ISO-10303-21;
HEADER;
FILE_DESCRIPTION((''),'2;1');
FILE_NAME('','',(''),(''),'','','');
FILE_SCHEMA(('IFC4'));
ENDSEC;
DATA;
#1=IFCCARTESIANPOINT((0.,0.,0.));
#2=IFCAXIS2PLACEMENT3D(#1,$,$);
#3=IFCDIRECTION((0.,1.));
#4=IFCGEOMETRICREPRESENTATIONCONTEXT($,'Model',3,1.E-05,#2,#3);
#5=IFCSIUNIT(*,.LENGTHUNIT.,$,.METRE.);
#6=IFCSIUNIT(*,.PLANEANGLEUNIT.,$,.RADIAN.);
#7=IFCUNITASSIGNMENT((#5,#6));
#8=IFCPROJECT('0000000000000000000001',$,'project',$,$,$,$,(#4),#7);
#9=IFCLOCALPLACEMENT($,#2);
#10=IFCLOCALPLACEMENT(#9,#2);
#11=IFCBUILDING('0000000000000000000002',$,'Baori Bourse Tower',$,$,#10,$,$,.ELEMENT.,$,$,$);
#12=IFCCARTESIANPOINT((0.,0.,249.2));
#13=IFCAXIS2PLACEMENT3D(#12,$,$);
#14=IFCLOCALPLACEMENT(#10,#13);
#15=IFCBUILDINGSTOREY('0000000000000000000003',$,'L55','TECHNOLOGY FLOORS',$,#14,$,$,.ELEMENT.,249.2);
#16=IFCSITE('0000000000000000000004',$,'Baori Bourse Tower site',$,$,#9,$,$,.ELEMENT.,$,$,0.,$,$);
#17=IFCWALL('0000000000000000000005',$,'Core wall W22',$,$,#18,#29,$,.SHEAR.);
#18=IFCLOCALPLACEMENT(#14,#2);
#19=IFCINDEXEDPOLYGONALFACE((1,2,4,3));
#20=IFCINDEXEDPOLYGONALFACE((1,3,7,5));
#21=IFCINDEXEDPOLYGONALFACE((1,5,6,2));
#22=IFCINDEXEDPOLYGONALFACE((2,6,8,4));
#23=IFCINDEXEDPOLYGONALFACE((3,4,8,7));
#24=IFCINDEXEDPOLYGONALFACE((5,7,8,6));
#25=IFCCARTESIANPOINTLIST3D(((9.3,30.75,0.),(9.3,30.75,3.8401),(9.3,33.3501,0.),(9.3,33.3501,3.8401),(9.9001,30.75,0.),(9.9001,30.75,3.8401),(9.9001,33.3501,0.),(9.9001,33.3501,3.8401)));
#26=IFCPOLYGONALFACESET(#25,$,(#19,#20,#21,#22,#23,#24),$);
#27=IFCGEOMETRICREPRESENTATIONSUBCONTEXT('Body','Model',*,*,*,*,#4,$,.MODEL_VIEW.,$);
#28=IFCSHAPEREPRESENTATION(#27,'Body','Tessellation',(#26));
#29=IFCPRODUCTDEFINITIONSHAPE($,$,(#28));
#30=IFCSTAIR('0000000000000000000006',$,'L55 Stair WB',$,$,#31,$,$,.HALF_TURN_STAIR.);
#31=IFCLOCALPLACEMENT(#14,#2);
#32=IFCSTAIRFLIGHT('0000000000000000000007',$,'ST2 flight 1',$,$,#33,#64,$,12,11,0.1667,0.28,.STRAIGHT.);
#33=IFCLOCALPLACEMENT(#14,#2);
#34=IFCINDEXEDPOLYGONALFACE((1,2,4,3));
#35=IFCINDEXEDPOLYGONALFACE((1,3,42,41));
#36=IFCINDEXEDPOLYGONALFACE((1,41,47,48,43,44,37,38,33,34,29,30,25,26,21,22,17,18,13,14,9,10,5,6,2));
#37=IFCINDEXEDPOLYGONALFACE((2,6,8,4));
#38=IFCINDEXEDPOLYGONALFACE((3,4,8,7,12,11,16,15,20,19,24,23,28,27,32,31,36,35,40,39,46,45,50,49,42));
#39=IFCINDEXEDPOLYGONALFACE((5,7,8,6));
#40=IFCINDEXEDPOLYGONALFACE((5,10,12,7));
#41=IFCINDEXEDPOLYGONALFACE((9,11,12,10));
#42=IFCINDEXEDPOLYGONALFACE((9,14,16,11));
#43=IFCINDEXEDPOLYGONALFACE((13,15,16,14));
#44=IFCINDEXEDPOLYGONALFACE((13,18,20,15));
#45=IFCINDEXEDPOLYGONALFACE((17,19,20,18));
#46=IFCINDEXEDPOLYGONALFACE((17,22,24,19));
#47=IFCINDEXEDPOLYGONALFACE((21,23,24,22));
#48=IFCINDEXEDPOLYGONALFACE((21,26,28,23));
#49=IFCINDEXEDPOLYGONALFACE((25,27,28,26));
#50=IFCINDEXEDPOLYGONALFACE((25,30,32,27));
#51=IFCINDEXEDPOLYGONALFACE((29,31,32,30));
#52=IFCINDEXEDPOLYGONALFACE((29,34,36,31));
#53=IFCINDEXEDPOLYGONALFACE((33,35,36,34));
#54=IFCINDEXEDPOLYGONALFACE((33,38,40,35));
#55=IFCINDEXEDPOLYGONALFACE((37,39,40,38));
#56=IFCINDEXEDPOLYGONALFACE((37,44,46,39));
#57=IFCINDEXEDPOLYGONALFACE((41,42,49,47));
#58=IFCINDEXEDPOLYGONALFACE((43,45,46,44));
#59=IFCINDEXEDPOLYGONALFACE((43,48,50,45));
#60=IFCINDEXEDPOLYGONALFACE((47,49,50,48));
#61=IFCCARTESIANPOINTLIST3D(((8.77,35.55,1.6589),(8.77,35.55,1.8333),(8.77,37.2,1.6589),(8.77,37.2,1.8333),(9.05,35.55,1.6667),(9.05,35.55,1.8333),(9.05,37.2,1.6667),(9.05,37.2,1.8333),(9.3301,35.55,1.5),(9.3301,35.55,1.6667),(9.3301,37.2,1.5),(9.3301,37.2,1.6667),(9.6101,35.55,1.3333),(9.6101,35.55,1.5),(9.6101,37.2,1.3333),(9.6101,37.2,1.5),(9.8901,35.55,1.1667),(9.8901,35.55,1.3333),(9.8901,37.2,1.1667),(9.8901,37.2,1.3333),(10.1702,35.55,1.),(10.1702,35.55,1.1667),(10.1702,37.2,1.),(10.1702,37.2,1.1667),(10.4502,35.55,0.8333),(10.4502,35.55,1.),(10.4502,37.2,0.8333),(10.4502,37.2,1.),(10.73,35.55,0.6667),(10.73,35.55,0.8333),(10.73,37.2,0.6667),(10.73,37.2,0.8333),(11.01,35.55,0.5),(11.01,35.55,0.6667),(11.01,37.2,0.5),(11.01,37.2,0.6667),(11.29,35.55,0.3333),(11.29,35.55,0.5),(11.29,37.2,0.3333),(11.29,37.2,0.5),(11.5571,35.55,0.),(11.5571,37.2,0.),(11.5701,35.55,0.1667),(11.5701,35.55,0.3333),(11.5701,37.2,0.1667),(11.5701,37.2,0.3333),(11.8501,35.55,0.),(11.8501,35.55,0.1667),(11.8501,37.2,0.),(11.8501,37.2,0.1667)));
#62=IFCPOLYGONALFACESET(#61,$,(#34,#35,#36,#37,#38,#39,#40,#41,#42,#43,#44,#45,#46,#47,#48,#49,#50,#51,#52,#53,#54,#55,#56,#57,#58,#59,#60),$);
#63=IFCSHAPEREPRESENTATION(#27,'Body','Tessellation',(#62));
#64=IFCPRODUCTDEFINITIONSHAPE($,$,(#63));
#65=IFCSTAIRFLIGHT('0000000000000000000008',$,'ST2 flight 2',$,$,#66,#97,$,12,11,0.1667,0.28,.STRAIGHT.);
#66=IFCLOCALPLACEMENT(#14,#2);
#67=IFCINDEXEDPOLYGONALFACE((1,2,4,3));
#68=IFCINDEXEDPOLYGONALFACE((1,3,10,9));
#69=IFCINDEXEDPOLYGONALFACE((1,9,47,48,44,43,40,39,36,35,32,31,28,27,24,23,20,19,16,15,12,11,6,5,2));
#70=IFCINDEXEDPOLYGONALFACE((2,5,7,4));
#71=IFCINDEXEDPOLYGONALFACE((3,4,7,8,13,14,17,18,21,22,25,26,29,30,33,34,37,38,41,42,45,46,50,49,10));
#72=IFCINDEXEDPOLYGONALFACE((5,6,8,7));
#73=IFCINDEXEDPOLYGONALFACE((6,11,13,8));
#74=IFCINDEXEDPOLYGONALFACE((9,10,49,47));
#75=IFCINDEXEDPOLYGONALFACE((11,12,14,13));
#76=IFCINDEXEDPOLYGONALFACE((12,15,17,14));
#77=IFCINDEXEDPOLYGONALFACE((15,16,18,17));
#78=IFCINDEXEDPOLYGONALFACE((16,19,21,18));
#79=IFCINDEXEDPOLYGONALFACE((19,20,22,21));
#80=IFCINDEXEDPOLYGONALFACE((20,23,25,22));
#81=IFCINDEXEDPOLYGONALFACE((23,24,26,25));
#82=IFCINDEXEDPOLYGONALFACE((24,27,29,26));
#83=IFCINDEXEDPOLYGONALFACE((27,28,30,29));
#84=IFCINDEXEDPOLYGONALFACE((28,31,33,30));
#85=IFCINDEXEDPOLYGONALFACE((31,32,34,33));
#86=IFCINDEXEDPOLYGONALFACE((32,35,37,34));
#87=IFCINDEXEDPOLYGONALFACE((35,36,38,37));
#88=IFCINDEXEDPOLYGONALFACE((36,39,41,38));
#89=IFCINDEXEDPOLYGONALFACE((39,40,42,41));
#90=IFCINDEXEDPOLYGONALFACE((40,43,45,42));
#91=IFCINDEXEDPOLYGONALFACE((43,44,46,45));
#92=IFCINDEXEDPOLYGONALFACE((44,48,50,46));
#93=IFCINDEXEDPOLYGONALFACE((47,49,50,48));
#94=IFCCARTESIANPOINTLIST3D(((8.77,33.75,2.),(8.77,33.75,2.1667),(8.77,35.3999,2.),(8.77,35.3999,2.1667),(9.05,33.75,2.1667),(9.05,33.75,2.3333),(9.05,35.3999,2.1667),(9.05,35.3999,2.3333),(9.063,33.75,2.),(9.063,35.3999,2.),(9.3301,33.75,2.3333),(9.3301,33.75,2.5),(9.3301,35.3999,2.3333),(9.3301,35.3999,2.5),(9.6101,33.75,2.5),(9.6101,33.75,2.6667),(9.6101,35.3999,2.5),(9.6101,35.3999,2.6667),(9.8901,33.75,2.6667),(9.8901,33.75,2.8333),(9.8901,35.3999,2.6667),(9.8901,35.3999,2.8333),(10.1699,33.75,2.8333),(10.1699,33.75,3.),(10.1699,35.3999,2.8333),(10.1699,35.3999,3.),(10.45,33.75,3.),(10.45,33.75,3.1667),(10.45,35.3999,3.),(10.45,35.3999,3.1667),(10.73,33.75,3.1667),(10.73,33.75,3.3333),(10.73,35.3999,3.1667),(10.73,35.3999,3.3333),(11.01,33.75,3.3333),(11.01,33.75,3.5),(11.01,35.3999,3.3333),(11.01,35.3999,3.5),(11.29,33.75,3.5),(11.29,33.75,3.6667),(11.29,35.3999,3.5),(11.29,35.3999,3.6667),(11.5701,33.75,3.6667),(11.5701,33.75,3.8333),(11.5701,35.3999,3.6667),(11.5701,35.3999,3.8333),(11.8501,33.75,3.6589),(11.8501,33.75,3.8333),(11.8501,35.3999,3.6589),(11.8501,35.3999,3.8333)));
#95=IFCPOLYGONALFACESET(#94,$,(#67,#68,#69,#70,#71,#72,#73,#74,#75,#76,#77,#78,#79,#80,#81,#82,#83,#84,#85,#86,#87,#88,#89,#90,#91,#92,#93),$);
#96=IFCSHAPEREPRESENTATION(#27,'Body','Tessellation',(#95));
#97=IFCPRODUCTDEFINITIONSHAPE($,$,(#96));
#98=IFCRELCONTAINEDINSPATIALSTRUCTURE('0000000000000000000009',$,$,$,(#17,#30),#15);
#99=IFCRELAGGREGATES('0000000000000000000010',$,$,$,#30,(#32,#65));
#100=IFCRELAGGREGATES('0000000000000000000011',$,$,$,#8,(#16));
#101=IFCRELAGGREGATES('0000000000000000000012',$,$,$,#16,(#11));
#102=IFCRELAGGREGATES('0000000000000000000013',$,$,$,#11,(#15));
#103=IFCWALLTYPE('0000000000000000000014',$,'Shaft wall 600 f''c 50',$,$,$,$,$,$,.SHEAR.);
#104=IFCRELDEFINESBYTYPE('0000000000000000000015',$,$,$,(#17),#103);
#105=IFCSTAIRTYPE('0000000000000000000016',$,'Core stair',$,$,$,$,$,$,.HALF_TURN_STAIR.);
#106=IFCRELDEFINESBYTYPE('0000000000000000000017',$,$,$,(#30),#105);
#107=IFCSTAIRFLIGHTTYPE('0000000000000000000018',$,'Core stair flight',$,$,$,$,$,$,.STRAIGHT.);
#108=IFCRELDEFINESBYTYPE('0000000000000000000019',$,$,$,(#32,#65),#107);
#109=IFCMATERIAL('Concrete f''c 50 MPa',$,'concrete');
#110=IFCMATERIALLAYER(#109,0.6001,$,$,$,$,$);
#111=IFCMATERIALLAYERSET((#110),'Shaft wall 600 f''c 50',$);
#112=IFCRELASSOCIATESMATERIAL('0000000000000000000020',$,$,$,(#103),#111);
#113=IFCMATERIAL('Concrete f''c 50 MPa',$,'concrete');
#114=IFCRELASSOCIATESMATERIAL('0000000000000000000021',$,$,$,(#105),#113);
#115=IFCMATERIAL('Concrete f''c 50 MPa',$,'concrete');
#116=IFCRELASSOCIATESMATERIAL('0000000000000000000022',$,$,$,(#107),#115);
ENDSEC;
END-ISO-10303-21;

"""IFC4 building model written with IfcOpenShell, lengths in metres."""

from ifc_helpers import new_model, si_unit, direction, frame, frame_2d, origin, place, context, subcontext, project, spatial, polyline, rectangle, outline, extrude, material, layer, layer_set, type_object, element, aggregate, save


model = new_model("IFC4")

# Units and contexts
model_context = context("Model", 3, precision=1e-05, world=origin(), true_north=direction((0.0, 1.0)))
body_context = subcontext(model_context, "Body", "Model", "MODEL_VIEW")
ifc_project = project(units=[si_unit("LENGTHUNIT", "METRE"), si_unit("PLANEANGLEUNIT", "RADIAN")], contexts=[model_context])

# Site, building, storey
site_placement = place(None, origin())
site = spatial("IfcSite", under=ifc_project, at=site_placement, Name="Baori Bourse Tower site", CompositionType="ELEMENT", RefElevation=0.0)
building_placement = place(site_placement, origin())
building = spatial("IfcBuilding", under=site, at=building_placement, Name="Baori Bourse Tower", CompositionType="ELEMENT")
storey_placement = place(building_placement, frame((0.0, 0.0, 249.2)))
storey = spatial("IfcBuildingStorey", under=building, at=storey_placement, Name="L55", Description="TECHNOLOGY FLOORS", CompositionType="ELEMENT", Elevation=249.2)

# Wall
ifc_material_1 = material(Name="Concrete f'c 50 MPa", Category="concrete")
ifc_layer_1 = layer(ifc_material_1, 0.6001)
ifc_layer_set_1 = layer_set([ifc_layer_1], Name="Shaft wall 600 f'c 50")
wall_type_1 = type_object("IfcWallType", Name="Shaft wall 600 f'c 50", PredefinedType="SHEAR", material=ifc_layer_set_1)
wall_1_placement = place(storey_placement, frame((9.6001, 30.75, 0.0), z_axis=(0.0, 0.0, 1.0), x_axis=(0.0, 1.0, 0.0)))
element("IfcWall", 1, at=wall_1_placement, inside=storey, type_object=wall_type_1, Name="Core wall W22", PredefinedType="SHEAR", context=body_context, shape_type="SweptSolid", body=[
    extrude(rectangle(XDim=2.6001, YDim=0.6001, at=frame_2d((1.3, 0.0))), origin(), (0.0, 0.0, 1.0), 3.8401),
])

# Stair, stair flights
ifc_material_2 = material(Name="Concrete f'c 50 MPa", Category="concrete")
stair_type = type_object("IfcStairType", Name="Core stair", PredefinedType="HALF_TURN_STAIR", material=ifc_material_2)
stair_placement = place(storey_placement, origin())
stair = element("IfcStair", 2, at=stair_placement, inside=storey, type_object=stair_type, Name="L55 Stair WB", PredefinedType="HALF_TURN_STAIR")
ifc_material_3 = material(Name="Concrete f'c 50 MPa", Category="concrete")
stair_flight_type = type_object("IfcStairFlightType", Name="Core stair flight", PredefinedType="STRAIGHT", material=ifc_material_3)
stair_flight_1_placement = place(storey_placement, frame((11.8501, 36.375, 0.0), z_axis=(0.0, 0.0, 1.0), x_axis=(-1.0, 0.0, 0.0)))
stair_flight_1 = element("IfcStairFlight", 3, at=stair_flight_1_placement, type_object=stair_flight_type, Name="ST2 flight 1", NumberOfRisers=12, NumberOfTreads=11, PredefinedType="STRAIGHT", RiserHeight=0.1667, TreadLength=0.28, context=body_context, shape_type="SweptSolid", body=[
    extrude(outline(polyline([(0.0, 0.0), (0.0, 0.1667), (0.28, 0.1667), (0.28, 0.3333), (0.5601, 0.3333), (0.5601, 0.5), (0.8401, 0.5), (0.8401, 0.6667), (1.1201, 0.6667), (1.1201, 0.8333), (1.3999, 0.8333), (1.3999, 1.0), (1.6799, 1.0), (1.6799, 1.1667), (1.96, 1.1667), (1.96, 1.3333), (2.24, 1.3333), (2.24, 1.5), (2.52, 1.5), (2.52, 1.6667), (2.8, 1.6667), (2.8, 1.8333), (3.0801, 1.8333), (3.0801, 2.0), (3.0801, 1.6589), (0.293, 0.0), (0.0, 0.0)])), frame((0.0, 0.825, 0.0), z_axis=(0.0, -1.0, 0.0), x_axis=(1.0, 0.0, 0.0)), (0.0, 0.0, 1.0), 1.6499),
])
stair_flight_2_placement = place(storey_placement, frame((8.77, 34.575, 2.0), z_axis=(0.0, 0.0, 1.0), x_axis=(1.0, 0.0, 0.0)))
stair_flight_2 = element("IfcStairFlight", 4, at=stair_flight_2_placement, type_object=stair_flight_type, Name="ST2 flight 2", NumberOfRisers=12, NumberOfTreads=11, PredefinedType="STRAIGHT", RiserHeight=0.1667, TreadLength=0.28, context=body_context, shape_type="SweptSolid", body=[
    extrude(outline(polyline([(0.0, 0.0), (0.0, 0.1667), (0.28, 0.1667), (0.28, 0.3333), (0.5601, 0.3333), (0.5601, 0.5), (0.8401, 0.5), (0.8401, 0.6667), (1.1201, 0.6667), (1.1201, 0.8333), (1.3999, 0.8333), (1.3999, 1.0), (1.6799, 1.0), (1.6799, 1.1667), (1.96, 1.1667), (1.96, 1.3333), (2.24, 1.3333), (2.24, 1.5), (2.52, 1.5), (2.52, 1.6667), (2.8, 1.6667), (2.8, 1.8333), (3.0801, 1.8333), (3.0801, 2.0), (3.0801, 1.6589), (0.293, 0.0), (0.0, 0.0)])), frame((0.0, 0.825, 0.0), z_axis=(0.0, -1.0, 0.0), x_axis=(1.0, 0.0, 0.0)), (0.0, 0.0, 1.0), 1.6499),
])
aggregate(stair, [stair_flight_1, stair_flight_2])

save(model, "model.ifc")
